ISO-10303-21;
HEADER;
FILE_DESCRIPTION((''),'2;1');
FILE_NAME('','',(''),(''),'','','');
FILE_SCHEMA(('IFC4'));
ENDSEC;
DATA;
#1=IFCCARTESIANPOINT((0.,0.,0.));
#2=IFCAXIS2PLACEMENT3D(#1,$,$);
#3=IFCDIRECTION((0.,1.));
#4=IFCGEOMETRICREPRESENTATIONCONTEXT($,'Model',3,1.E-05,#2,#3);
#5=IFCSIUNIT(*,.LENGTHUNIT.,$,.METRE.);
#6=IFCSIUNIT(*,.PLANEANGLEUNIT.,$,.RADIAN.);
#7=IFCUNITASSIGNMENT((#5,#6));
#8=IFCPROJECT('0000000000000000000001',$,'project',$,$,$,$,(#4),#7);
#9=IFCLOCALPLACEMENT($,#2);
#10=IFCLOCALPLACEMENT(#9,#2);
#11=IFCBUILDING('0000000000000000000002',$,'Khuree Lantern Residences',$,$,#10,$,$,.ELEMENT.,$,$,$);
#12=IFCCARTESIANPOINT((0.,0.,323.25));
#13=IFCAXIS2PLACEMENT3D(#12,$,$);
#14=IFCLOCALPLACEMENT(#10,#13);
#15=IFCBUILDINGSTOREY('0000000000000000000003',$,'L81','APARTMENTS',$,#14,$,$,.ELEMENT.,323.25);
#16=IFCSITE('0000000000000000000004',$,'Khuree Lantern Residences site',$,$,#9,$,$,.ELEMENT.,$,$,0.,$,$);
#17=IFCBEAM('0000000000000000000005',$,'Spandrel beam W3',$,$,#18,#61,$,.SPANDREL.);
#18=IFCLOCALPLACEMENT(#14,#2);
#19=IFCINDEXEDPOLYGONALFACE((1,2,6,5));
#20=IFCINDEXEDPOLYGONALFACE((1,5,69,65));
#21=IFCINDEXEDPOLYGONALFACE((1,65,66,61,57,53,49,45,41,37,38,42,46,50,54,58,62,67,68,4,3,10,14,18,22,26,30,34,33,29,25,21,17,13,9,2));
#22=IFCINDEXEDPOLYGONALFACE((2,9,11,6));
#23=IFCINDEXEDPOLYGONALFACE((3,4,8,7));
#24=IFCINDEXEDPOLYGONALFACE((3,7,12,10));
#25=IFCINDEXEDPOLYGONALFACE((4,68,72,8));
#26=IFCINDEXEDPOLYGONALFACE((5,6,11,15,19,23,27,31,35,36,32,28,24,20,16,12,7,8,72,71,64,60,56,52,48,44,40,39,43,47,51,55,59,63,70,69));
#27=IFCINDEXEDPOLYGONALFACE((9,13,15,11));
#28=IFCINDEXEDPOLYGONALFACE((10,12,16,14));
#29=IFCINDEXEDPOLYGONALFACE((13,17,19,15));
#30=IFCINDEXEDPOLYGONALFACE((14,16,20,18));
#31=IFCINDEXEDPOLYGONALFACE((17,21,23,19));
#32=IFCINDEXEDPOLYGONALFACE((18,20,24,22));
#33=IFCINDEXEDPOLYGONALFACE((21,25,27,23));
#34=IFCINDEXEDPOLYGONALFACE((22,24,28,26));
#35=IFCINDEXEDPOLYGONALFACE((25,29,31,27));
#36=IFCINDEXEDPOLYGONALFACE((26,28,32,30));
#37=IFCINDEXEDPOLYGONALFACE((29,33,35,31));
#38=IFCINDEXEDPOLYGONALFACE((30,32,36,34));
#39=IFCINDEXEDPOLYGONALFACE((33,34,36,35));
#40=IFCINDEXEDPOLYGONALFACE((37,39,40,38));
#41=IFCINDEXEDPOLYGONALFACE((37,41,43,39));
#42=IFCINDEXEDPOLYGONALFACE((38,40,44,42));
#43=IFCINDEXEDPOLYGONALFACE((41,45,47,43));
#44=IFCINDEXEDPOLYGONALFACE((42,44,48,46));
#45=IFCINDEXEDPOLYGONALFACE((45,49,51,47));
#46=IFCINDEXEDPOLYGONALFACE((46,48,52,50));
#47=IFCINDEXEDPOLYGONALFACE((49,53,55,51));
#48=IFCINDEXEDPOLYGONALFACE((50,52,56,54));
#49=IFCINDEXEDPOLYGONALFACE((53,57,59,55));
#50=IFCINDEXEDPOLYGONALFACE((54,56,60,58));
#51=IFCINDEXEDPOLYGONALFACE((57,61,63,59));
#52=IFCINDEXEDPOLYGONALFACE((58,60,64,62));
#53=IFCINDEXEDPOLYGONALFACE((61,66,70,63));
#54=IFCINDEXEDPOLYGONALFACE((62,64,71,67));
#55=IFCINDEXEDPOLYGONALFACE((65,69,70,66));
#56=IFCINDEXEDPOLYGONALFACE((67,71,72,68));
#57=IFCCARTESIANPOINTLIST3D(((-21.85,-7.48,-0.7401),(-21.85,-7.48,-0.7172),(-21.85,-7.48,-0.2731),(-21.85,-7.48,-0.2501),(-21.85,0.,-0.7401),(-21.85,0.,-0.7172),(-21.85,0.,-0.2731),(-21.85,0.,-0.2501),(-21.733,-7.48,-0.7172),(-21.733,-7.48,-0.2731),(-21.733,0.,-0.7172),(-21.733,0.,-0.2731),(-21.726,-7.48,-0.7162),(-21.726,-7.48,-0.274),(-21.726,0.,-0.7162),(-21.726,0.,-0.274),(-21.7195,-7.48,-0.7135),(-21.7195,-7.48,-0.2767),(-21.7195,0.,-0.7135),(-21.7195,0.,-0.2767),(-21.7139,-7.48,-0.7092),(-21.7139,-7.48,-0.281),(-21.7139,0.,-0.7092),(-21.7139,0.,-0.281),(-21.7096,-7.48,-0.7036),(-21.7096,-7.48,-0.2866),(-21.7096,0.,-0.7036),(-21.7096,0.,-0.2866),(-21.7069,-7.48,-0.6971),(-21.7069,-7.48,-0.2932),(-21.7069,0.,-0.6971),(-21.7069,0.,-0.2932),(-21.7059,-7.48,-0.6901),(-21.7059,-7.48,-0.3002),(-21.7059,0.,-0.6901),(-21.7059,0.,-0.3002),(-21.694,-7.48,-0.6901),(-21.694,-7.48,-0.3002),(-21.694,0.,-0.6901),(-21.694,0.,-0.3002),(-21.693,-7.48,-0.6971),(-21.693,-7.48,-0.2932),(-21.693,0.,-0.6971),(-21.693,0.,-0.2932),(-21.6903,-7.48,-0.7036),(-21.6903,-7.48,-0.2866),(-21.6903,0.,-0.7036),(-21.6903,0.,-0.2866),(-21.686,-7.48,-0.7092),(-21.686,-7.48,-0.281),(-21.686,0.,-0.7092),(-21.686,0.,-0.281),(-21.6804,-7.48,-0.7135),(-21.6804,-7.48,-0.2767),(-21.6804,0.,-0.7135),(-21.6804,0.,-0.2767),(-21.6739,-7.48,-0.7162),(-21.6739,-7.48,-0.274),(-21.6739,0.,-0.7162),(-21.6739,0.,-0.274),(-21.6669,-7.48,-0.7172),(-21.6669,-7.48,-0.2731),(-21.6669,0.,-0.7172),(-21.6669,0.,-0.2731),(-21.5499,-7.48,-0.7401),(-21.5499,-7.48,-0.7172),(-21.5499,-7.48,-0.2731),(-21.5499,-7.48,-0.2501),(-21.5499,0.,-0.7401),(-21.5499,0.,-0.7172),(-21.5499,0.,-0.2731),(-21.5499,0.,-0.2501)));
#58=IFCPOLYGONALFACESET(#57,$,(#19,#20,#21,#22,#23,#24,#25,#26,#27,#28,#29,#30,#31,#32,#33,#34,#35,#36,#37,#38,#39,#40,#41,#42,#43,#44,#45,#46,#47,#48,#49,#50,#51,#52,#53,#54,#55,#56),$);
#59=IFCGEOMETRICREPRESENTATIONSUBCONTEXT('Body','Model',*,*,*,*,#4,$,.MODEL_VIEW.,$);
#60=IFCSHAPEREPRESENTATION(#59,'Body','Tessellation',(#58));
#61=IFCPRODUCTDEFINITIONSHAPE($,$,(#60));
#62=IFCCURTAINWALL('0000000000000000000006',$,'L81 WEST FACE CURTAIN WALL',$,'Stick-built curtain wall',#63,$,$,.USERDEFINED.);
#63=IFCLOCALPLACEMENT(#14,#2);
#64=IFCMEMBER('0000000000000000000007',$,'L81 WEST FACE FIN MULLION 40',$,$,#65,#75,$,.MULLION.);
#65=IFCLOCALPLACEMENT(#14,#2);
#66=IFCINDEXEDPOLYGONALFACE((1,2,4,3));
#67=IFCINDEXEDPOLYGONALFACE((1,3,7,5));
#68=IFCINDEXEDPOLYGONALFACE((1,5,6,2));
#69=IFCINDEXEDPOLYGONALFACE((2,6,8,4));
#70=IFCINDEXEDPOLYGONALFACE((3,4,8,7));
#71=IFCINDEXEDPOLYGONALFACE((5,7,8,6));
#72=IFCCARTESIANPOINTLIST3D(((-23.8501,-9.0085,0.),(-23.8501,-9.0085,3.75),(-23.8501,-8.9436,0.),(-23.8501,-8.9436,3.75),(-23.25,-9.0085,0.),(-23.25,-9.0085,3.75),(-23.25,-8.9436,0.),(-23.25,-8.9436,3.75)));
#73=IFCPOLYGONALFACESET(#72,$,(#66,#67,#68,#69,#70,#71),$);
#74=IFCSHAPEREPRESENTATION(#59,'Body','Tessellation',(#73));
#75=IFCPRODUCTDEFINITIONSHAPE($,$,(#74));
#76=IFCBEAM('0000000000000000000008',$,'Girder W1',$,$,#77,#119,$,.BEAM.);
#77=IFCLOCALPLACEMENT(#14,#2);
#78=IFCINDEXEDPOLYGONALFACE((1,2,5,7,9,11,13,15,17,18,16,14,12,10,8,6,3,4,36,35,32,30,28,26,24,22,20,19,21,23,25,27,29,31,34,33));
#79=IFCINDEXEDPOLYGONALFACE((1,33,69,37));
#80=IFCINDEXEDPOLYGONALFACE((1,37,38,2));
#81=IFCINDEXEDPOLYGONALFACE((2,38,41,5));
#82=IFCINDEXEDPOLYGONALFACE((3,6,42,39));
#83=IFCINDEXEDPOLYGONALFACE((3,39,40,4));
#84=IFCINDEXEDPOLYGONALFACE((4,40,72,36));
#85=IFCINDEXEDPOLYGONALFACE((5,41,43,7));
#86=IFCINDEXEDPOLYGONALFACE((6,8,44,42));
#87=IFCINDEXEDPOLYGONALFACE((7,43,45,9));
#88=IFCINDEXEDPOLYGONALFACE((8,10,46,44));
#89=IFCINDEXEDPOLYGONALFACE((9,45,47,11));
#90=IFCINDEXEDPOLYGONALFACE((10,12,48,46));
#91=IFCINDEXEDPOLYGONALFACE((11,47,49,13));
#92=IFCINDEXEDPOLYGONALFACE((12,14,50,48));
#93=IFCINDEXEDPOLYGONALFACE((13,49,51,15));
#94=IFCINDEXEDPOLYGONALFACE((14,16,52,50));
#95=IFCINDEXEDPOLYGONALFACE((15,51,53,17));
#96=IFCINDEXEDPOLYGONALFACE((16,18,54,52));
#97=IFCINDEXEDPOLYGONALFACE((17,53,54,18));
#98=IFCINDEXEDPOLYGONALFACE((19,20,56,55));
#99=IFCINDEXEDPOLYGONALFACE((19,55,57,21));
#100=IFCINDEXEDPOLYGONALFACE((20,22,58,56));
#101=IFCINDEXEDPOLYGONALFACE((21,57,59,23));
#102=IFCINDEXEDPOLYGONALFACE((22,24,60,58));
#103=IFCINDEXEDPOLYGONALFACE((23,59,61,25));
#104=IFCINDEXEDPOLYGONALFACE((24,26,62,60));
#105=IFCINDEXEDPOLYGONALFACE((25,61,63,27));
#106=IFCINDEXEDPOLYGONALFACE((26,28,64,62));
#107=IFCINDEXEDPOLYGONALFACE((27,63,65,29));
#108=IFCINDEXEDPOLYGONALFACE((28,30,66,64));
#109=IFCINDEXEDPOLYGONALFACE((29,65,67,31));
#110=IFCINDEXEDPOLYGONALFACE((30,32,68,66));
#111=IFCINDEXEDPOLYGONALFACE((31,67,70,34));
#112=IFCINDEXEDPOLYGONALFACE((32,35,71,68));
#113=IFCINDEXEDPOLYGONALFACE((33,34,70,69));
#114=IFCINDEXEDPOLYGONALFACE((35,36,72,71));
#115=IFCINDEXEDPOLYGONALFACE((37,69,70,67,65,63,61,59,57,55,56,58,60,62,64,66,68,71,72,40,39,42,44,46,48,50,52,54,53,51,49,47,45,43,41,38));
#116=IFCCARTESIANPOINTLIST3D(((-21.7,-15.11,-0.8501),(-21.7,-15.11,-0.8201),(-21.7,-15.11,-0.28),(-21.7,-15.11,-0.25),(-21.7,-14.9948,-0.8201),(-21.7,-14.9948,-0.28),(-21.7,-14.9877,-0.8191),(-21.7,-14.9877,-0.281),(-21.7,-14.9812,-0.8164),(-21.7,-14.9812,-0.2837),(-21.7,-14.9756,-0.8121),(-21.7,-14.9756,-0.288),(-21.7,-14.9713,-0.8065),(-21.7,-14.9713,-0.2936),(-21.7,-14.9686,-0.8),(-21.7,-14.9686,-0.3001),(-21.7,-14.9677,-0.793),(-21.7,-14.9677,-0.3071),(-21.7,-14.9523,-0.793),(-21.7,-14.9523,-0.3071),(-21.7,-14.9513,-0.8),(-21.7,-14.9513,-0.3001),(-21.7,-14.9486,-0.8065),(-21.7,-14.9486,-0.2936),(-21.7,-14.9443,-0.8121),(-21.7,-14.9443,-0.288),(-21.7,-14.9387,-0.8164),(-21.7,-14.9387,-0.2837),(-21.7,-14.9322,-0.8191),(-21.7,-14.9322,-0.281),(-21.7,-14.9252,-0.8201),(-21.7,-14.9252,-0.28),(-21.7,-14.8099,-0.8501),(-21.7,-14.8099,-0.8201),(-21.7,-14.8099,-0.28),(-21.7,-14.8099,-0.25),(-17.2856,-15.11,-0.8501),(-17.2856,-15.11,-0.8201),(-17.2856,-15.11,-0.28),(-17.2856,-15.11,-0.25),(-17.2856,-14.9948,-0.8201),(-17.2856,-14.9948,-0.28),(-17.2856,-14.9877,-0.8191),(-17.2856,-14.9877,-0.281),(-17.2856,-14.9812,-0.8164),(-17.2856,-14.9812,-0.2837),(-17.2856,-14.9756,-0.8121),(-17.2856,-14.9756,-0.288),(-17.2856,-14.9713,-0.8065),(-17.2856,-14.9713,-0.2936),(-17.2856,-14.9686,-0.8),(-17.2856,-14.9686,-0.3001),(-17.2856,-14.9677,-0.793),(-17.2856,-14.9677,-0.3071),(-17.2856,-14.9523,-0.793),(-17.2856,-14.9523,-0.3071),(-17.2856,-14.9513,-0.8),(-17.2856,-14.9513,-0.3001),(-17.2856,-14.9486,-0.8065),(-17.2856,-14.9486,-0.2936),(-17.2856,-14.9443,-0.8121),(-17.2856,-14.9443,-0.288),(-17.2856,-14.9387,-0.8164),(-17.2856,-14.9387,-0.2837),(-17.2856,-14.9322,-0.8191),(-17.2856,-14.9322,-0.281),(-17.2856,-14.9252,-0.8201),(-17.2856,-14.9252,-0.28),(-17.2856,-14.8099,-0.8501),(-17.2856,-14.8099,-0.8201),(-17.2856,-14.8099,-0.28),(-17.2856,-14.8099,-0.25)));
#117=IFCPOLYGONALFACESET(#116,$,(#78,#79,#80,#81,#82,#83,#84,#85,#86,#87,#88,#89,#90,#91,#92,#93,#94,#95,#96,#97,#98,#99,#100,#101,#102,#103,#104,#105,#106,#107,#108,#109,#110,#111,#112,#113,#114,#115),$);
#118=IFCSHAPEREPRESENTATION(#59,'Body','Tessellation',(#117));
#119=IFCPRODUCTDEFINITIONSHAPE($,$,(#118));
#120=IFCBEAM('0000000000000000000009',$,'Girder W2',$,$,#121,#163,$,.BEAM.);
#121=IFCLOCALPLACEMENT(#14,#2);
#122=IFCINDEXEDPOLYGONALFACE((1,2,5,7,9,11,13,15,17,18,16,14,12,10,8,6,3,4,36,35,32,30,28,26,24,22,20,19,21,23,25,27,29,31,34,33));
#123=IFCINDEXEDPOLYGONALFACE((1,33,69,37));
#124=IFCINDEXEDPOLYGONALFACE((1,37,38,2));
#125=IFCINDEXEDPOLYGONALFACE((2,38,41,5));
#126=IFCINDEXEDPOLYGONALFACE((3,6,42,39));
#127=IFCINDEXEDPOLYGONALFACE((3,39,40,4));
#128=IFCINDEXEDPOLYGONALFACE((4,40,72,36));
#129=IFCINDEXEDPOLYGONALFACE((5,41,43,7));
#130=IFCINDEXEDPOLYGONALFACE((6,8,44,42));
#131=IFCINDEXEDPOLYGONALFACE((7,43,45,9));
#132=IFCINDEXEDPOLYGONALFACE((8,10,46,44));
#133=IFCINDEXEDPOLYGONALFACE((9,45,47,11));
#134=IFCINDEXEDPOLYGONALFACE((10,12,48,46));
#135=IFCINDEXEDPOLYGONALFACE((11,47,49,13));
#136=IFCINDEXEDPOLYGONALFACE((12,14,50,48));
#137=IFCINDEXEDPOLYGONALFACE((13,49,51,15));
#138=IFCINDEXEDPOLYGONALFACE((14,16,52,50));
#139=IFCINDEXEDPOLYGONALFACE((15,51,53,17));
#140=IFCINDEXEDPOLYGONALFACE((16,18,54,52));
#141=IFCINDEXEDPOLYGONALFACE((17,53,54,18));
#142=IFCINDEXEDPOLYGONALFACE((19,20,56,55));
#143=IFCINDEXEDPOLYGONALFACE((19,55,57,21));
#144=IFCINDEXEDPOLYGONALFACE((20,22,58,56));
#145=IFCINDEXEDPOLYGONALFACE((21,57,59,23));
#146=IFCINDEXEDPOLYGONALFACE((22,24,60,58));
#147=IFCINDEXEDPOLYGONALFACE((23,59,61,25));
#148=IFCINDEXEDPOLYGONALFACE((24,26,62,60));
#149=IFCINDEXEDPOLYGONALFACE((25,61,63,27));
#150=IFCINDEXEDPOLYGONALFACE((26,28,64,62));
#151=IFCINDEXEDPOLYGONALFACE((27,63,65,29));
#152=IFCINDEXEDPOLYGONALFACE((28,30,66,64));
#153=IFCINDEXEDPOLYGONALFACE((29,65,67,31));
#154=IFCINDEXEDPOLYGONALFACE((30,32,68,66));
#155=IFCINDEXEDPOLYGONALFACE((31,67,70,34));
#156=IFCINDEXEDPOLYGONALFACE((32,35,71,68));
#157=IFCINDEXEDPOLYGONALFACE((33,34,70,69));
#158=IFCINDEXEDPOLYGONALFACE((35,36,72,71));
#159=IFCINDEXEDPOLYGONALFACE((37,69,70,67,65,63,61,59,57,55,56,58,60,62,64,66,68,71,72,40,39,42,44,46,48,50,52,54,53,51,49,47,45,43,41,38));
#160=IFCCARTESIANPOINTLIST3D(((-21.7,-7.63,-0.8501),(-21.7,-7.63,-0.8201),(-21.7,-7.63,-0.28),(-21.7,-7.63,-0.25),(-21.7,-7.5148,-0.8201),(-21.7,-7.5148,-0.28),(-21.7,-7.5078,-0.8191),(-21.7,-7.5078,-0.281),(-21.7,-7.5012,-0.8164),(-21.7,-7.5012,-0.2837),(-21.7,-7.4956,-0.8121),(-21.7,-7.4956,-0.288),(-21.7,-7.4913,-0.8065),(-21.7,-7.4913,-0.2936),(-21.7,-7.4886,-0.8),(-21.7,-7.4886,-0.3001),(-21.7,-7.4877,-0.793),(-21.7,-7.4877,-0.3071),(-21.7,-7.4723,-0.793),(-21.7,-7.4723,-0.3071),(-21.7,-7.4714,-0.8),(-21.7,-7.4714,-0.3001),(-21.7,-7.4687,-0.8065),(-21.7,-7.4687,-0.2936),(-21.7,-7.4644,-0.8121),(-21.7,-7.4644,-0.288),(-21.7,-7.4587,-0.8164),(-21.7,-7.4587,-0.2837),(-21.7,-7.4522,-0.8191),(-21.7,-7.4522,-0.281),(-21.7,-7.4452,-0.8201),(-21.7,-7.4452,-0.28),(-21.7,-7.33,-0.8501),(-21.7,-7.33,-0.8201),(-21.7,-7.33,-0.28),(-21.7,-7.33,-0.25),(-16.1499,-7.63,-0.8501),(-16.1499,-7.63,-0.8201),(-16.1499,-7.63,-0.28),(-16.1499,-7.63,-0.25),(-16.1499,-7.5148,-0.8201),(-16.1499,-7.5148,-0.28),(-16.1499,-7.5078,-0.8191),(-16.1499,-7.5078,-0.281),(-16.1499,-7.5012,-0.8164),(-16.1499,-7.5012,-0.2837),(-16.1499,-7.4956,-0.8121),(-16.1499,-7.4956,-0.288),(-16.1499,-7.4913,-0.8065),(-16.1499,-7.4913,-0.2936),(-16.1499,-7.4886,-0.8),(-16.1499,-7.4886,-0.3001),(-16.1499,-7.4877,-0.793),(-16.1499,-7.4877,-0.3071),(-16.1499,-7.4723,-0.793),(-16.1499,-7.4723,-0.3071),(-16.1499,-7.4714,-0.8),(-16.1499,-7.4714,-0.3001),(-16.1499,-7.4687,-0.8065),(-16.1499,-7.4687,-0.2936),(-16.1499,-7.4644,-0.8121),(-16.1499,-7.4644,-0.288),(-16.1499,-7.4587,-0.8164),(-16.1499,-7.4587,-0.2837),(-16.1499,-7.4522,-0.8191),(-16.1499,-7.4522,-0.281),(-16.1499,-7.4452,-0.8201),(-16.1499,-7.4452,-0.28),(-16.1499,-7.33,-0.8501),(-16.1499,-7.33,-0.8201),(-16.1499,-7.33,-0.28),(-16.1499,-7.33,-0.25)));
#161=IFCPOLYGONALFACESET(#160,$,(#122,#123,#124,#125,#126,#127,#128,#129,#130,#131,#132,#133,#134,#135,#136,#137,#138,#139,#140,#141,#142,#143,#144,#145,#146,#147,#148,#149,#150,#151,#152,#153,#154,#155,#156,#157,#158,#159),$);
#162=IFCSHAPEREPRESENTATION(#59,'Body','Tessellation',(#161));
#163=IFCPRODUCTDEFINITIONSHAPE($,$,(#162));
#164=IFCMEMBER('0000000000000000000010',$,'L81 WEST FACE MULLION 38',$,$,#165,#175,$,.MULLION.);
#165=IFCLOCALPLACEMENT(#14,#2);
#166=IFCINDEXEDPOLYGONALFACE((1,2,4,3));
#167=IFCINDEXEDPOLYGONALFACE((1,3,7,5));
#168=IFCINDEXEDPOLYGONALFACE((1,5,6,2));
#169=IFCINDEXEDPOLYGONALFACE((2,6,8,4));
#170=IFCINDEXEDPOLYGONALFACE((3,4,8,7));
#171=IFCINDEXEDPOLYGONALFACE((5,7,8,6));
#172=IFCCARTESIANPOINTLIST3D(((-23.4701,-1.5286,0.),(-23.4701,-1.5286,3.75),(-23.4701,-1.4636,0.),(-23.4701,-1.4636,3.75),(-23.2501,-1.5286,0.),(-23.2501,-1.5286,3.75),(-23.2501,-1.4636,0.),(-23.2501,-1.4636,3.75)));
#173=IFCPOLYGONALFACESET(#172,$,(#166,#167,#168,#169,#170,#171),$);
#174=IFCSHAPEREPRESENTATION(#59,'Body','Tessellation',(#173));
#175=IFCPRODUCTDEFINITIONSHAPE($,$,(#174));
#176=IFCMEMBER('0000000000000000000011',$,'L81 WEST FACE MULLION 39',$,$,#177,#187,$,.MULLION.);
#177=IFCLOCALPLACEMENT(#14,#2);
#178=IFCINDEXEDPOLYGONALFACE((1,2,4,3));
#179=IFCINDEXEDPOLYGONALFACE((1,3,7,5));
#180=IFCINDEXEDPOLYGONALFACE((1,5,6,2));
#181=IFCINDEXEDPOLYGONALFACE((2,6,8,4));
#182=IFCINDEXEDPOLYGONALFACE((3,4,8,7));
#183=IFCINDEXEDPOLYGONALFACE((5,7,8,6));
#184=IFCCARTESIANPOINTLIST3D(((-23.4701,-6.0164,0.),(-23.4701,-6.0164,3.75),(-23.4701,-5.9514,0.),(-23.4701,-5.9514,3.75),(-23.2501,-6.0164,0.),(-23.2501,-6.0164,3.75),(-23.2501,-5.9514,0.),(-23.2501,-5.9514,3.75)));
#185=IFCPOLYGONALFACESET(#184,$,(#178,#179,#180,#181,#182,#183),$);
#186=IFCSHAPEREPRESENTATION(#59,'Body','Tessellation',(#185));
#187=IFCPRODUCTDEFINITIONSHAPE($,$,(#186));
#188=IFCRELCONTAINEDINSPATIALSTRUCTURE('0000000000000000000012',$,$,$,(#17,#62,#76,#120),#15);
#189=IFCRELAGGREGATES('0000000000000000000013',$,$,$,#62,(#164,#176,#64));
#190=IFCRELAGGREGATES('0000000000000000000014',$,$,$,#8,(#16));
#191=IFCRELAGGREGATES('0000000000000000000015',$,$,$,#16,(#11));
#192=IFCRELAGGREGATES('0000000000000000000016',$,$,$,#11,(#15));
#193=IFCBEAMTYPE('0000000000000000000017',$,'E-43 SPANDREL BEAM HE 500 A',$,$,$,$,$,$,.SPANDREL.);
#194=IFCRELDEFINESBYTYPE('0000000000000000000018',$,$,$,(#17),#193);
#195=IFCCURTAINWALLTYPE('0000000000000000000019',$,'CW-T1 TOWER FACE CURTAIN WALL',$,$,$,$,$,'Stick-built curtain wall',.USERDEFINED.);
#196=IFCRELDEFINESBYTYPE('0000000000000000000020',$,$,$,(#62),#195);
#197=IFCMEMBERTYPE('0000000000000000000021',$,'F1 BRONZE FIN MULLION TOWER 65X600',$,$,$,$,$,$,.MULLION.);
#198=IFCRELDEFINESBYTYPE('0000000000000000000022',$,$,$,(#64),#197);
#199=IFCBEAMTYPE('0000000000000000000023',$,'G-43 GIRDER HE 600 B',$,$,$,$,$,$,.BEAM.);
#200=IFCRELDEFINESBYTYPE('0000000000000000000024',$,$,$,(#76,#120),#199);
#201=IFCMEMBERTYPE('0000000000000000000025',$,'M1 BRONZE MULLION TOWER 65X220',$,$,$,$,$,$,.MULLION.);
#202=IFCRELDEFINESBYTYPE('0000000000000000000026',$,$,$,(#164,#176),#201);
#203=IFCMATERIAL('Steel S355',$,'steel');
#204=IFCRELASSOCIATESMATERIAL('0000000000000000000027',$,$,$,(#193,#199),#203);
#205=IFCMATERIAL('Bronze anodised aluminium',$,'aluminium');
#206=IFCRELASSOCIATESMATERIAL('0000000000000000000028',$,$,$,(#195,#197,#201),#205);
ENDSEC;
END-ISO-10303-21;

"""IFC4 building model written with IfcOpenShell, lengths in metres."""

from ifc_helpers import new_model, si_unit, direction, frame, origin, origin_2d, place, context, subcontext, project, spatial, rectangle, i_section, extrude, material, material_profile, profile_set, type_object, element, aggregate, save


model = new_model("IFC4")

# Units and contexts
model_context = context("Model", 3, precision=1e-05, world=origin(), true_north=direction((0.0, 1.0)))
body_context = subcontext(model_context, "Body", "Model", "MODEL_VIEW")
ifc_project = project(units=[si_unit("LENGTHUNIT", "METRE"), si_unit("PLANEANGLEUNIT", "RADIAN")], contexts=[model_context])

# Site, building, storey
site_placement = place(None, origin())
site = spatial("IfcSite", under=ifc_project, at=site_placement, Name="Khuree Lantern Residences site", CompositionType="ELEMENT", RefElevation=0.0)
building_placement = place(site_placement, origin())
building = spatial("IfcBuilding", under=site, at=building_placement, Name="Khuree Lantern Residences", CompositionType="ELEMENT")
storey_placement = place(building_placement, frame((0.0, 0.0, 323.25)))
storey = spatial("IfcBuildingStorey", under=building, at=storey_placement, Name="L81", Description="APARTMENTS", CompositionType="ELEMENT", Elevation=323.25)

# Beam
ifc_material_1 = material(Name="Steel S355", Category="steel")
ifc_material_profile_1 = material_profile(ifc_material_1, i_section(OverallWidth=0.3, OverallDepth=0.49, WebThickness=0.012, FlangeThickness=0.0229, FilletRadius=0.0271, at=origin_2d()), Name="HE 500 A")
ifc_profile_set_1 = profile_set([ifc_material_profile_1], Name="Steel S355")
beam_type_1 = type_object("IfcBeamType", Name="E-43 SPANDREL BEAM HE 500 A", PredefinedType="SPANDREL", material=ifc_profile_set_1)
for number, where, z_axis, x_axis, name in (
    (1, (-21.7, -7.48, -0.4951), (0.0, 1.0, 0.0), (-1.0, 0.0, 0.0), "Spandrel beam W3"),
):
    element("IfcBeam", number, at=place(storey_placement, frame(where, z_axis=z_axis, x_axis=x_axis)), inside=storey, type_object=beam_type_1, Name=name, PredefinedType="SPANDREL", context=body_context, shape_type="SweptSolid", body=[
        extrude(i_section(OverallWidth=0.3, OverallDepth=0.49, WebThickness=0.012, FlangeThickness=0.0229, FilletRadius=0.0271, at=origin_2d()), origin(), (0.0, 0.0, 1.0), 7.48),
    ])

# Curtain wall, member
ifc_material_2 = material(Name="Bronze anodised aluminium", Category="aluminium")
curtain_wall_type = type_object("IfcCurtainWallType", Name="CW-T1 TOWER FACE CURTAIN WALL", ElementType="Stick-built curtain wall", PredefinedType="USERDEFINED", material=ifc_material_2)
curtain_wall_placement = place(storey_placement, origin())
curtain_wall = element("IfcCurtainWall", 2, at=curtain_wall_placement, inside=storey, type_object=curtain_wall_type, Name="L81 WEST FACE CURTAIN WALL", ObjectType="Stick-built curtain wall", PredefinedType="USERDEFINED")
ifc_material_profile_2 = material_profile(ifc_material_2, rectangle(XDim=0.0649, YDim=0.6001, at=origin_2d()), Name="F1 65X600")
ifc_profile_set_2 = profile_set([ifc_material_profile_2], Name="Bronze anodised aluminium")
member_type_1 = type_object("IfcMemberType", Name="F1 BRONZE FIN MULLION TOWER 65X600", PredefinedType="MULLION", material=ifc_profile_set_2)
member_1_placement = place(storey_placement, frame((-23.55, -8.9761, 0.0), z_axis=(0.0, 0.0, 1.0), x_axis=(0.0, -1.0, 0.0)))
member_1 = element("IfcMember", 3, at=member_1_placement, type_object=member_type_1, Name="L81 WEST FACE FIN MULLION 40", PredefinedType="MULLION", context=body_context, shape_type="SweptSolid", body=[
    extrude(rectangle(XDim=0.0649, YDim=0.6001, at=origin_2d()), origin(), (0.0, 0.0, 1.0), 3.75),
])

# Beams
ifc_material_profile_3 = material_profile(ifc_material_1, i_section(OverallWidth=0.3, OverallDepth=0.6001, WebThickness=0.0154, FlangeThickness=0.03, FilletRadius=0.0271, at=origin_2d()), Name="HE 600 B")
ifc_profile_set_3 = profile_set([ifc_material_profile_3], Name="Steel S355")
beam_type_2 = type_object("IfcBeamType", Name="G-43 GIRDER HE 600 B", PredefinedType="BEAM", material=ifc_profile_set_3)
beam_1_placement = place(storey_placement, frame((-21.7, -14.96, -0.55), z_axis=(1.0, 0.0, 0.0), x_axis=(0.0, 1.0, 0.0)))
element("IfcBeam", 4, at=beam_1_placement, inside=storey, type_object=beam_type_2, Name="Girder W1", PredefinedType="BEAM", context=body_context, shape_type="SweptSolid", body=[
    extrude(i_section(OverallWidth=0.3, OverallDepth=0.6001, WebThickness=0.0154, FlangeThickness=0.03, FilletRadius=0.0271, at=origin_2d()), origin(), (0.0, 0.0, 1.0), 4.4143),
])
beam_2_placement = place(storey_placement, frame((-21.7, -7.48, -0.55), z_axis=(1.0, 0.0, 0.0), x_axis=(0.0, 1.0, 0.0)))
element("IfcBeam", 5, at=beam_2_placement, inside=storey, type_object=beam_type_2, Name="Girder W2", PredefinedType="BEAM", context=body_context, shape_type="SweptSolid", body=[
    extrude(i_section(OverallWidth=0.3, OverallDepth=0.6001, WebThickness=0.0154, FlangeThickness=0.03, FilletRadius=0.0271, at=origin_2d()), origin(), (0.0, 0.0, 1.0), 5.55),
])

# Members
ifc_material_profile_4 = material_profile(ifc_material_2, rectangle(XDim=0.0649, YDim=0.22, at=origin_2d()), Name="M1 65X220")
ifc_profile_set_4 = profile_set([ifc_material_profile_4], Name="Bronze anodised aluminium")
member_type_2 = type_object("IfcMemberType", Name="M1 BRONZE MULLION TOWER 65X220", PredefinedType="MULLION", material=ifc_profile_set_4)
member_2_placement = place(storey_placement, frame((-23.3601, -1.4961, 0.0), z_axis=(0.0, 0.0, 1.0), x_axis=(0.0, -1.0, 0.0)))
member_2 = element("IfcMember", 6, at=member_2_placement, type_object=member_type_2, Name="L81 WEST FACE MULLION 38", PredefinedType="MULLION", context=body_context, shape_type="SweptSolid", body=[
    extrude(rectangle(XDim=0.0649, YDim=0.22, at=origin_2d()), origin(), (0.0, 0.0, 1.0), 3.75),
])
member_3_placement = place(storey_placement, frame((-23.3601, -5.9839, 0.0), z_axis=(0.0, 0.0, 1.0), x_axis=(0.0, -1.0, 0.0)))
member_3 = element("IfcMember", 7, at=member_3_placement, type_object=member_type_2, Name="L81 WEST FACE MULLION 39", PredefinedType="MULLION", context=body_context, shape_type="SweptSolid", body=[
    extrude(rectangle(XDim=0.0649, YDim=0.22, at=origin_2d()), origin(), (0.0, 0.0, 1.0), 3.75),
])

aggregate(curtain_wall, [member_2, member_3, member_1])

save(model, "model.ifc")
